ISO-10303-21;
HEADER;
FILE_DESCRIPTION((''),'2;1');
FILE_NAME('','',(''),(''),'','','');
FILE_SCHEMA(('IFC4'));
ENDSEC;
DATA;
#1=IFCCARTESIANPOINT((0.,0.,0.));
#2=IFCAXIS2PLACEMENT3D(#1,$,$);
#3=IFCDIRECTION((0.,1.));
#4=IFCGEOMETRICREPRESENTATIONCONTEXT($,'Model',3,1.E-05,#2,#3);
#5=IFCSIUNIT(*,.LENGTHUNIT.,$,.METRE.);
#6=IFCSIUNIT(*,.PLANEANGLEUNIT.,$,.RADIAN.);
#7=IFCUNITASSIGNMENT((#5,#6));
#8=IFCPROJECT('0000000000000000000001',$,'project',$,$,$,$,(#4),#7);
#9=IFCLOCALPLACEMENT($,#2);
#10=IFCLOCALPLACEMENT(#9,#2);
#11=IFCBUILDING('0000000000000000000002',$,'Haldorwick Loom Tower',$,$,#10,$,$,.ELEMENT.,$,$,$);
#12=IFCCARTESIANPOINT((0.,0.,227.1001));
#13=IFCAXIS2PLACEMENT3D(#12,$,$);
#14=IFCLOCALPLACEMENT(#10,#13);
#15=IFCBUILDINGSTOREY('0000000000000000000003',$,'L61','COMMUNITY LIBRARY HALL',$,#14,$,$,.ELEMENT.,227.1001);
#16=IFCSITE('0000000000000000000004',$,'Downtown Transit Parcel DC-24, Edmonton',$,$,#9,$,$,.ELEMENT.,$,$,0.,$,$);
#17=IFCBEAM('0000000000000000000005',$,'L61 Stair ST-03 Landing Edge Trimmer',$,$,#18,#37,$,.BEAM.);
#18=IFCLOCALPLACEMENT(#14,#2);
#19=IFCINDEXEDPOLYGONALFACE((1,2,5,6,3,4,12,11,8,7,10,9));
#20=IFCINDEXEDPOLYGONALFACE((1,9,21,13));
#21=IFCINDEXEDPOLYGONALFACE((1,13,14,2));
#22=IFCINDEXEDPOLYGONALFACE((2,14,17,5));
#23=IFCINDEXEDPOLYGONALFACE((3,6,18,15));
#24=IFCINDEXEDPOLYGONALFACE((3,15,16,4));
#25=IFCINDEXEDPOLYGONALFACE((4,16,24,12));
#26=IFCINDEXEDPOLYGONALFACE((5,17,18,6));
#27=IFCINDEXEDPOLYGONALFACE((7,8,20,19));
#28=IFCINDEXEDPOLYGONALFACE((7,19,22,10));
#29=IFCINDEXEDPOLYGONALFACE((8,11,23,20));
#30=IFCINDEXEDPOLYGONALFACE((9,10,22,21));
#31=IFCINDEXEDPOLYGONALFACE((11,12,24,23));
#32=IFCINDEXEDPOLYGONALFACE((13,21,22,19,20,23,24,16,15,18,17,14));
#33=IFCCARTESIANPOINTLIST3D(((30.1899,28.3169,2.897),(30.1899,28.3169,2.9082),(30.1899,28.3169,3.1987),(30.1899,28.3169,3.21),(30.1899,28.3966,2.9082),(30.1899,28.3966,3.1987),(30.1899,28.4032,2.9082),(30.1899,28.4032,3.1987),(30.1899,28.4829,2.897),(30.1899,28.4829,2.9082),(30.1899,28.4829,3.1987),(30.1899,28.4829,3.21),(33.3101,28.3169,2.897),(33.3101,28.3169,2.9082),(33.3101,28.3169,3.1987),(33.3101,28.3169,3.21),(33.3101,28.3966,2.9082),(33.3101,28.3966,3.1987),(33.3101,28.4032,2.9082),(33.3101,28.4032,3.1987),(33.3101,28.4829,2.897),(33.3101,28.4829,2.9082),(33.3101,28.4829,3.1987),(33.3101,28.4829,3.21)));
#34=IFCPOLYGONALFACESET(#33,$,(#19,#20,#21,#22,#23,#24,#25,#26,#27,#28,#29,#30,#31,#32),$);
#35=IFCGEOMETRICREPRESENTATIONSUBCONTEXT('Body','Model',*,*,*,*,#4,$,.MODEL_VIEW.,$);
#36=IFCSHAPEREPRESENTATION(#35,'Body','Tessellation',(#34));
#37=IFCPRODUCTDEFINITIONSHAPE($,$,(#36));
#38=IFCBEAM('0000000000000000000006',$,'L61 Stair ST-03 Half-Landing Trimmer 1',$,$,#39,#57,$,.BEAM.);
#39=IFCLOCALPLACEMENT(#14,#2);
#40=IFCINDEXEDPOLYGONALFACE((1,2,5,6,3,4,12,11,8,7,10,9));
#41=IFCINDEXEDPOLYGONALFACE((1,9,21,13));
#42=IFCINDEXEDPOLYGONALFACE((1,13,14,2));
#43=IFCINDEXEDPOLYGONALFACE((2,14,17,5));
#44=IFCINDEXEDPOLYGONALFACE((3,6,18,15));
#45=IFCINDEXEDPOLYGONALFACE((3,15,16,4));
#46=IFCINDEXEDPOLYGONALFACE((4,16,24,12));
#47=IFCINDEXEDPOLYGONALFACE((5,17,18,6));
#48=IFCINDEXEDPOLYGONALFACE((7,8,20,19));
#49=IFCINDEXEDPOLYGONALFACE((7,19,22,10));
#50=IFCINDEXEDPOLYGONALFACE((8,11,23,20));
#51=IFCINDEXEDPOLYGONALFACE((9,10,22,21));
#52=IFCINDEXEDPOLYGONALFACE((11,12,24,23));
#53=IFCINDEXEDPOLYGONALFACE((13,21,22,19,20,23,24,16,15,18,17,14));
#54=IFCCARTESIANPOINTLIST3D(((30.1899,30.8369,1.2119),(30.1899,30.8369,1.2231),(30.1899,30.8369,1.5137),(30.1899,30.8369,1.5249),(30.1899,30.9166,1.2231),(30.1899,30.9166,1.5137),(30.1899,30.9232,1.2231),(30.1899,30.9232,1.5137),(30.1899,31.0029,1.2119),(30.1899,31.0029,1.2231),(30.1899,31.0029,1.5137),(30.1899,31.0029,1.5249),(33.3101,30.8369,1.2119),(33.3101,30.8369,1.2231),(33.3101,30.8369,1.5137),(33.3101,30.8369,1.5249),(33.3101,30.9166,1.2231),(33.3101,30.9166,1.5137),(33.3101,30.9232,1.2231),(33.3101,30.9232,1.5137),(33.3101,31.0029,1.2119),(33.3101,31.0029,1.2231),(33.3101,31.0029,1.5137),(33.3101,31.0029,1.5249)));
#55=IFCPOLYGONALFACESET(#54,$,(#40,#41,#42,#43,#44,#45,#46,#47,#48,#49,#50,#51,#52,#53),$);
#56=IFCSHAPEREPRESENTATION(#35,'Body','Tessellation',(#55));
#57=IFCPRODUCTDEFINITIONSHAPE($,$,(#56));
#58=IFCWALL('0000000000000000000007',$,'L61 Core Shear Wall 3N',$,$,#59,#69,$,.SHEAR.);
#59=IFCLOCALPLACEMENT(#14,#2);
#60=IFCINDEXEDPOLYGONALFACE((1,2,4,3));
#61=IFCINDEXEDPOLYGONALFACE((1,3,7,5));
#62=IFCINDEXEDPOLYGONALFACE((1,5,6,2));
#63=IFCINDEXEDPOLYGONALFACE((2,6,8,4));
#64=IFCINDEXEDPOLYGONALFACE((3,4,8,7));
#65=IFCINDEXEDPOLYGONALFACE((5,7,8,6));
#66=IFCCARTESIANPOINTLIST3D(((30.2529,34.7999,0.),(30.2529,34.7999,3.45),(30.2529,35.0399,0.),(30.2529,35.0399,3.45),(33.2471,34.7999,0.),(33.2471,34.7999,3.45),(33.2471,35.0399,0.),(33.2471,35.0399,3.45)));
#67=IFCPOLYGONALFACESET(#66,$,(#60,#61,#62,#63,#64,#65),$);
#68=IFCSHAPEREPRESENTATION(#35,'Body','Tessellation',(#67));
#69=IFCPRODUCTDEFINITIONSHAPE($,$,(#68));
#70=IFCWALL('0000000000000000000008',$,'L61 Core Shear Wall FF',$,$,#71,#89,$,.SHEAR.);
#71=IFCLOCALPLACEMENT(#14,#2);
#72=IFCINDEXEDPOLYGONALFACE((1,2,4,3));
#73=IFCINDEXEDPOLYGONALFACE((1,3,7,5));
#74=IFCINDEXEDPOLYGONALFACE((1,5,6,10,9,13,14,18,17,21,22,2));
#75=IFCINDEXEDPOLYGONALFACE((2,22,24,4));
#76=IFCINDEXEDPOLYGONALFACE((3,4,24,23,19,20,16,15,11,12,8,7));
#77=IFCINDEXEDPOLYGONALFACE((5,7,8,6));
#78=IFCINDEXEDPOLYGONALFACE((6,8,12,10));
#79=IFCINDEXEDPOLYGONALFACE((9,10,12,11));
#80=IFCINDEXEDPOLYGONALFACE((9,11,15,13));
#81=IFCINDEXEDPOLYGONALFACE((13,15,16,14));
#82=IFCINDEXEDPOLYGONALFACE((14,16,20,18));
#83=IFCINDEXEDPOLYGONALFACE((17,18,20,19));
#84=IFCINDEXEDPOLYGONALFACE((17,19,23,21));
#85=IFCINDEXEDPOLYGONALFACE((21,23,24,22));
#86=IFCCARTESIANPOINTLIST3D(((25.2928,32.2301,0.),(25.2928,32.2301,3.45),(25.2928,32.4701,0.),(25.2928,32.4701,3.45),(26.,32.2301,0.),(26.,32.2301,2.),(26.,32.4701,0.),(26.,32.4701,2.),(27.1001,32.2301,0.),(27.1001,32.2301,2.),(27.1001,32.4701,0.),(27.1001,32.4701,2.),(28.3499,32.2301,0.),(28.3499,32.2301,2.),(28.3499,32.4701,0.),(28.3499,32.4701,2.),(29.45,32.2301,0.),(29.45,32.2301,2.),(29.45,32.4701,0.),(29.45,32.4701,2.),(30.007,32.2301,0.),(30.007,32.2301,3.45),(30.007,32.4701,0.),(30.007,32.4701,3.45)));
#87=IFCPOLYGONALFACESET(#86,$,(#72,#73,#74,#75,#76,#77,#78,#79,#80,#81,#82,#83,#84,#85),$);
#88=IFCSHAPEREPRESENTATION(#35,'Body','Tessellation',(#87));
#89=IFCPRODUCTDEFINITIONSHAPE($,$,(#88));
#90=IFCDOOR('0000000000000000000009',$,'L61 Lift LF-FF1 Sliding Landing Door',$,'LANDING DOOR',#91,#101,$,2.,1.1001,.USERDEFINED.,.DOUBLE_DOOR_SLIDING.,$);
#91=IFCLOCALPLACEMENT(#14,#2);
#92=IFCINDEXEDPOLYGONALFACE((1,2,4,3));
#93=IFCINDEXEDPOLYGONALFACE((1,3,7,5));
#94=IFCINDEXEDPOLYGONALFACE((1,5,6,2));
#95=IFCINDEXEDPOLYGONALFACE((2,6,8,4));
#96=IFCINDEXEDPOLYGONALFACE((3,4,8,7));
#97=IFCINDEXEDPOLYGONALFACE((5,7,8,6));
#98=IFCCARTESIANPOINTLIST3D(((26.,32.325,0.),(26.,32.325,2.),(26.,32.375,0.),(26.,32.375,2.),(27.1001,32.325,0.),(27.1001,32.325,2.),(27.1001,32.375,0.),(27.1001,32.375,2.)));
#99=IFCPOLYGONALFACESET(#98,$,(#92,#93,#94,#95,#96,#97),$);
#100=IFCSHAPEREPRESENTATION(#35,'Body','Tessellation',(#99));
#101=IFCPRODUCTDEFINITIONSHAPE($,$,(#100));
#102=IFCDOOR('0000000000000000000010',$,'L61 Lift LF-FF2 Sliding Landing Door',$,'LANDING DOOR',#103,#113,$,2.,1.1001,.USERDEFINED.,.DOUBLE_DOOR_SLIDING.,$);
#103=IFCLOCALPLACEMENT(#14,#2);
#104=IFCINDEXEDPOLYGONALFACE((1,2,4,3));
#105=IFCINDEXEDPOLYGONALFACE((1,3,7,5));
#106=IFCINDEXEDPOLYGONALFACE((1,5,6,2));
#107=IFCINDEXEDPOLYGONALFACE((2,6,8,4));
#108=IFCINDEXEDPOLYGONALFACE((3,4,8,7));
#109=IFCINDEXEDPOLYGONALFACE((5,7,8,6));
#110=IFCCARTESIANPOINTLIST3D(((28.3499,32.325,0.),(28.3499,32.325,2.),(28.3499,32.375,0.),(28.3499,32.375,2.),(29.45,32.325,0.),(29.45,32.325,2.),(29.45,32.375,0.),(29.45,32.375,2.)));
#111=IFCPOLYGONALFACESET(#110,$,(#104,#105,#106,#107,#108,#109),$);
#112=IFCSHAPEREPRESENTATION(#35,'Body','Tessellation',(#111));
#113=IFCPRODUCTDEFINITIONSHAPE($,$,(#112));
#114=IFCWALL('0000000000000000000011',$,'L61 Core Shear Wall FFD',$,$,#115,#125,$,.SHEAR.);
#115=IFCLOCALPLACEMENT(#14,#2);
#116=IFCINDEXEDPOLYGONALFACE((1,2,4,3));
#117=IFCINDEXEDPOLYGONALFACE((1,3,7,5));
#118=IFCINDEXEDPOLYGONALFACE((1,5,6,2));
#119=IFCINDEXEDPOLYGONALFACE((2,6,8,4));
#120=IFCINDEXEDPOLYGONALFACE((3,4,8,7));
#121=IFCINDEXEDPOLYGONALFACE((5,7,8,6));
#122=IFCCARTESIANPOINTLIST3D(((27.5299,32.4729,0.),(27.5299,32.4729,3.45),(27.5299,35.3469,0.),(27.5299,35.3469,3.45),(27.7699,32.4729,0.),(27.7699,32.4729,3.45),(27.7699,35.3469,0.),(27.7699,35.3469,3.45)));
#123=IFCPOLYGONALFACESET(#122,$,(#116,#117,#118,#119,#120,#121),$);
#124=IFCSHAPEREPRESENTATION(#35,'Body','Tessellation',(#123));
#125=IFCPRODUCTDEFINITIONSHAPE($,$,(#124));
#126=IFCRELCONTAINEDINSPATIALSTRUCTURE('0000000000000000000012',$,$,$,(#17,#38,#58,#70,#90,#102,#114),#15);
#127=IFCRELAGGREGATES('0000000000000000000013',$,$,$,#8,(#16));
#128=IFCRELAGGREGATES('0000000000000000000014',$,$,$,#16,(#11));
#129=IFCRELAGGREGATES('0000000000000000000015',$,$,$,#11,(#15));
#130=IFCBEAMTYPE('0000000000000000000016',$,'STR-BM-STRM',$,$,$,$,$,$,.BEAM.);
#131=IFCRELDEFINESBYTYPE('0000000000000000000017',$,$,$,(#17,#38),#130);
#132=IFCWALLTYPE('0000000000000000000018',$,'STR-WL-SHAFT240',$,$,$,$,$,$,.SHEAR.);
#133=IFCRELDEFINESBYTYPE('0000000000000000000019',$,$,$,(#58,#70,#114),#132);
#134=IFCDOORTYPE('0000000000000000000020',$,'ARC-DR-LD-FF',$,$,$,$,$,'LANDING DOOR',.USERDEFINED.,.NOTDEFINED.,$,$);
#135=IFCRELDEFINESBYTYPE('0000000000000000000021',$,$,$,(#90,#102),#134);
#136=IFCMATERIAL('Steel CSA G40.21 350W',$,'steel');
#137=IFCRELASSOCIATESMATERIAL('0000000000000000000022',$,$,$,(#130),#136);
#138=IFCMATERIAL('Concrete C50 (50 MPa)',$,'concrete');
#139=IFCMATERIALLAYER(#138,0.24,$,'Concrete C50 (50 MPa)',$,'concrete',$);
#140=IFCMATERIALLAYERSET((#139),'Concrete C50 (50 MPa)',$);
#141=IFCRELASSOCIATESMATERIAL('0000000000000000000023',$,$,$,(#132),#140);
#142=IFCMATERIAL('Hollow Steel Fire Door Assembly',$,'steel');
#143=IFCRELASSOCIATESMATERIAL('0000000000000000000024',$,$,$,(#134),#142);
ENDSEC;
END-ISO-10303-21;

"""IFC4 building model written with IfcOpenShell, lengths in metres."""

from ifc_helpers import new_model, si_unit, direction, frame, frame_2d, origin, origin_2d, place, context, subcontext, project, spatial, rectangle, i_section, extrude, material, layer, layer_set, material_profile, profile_set, type_object, element, fill, save


model = new_model("IFC4")

# Units and contexts
model_context = context("Model", 3, precision=1e-05, world=origin(), true_north=direction((0.0, 1.0)))
body_context = subcontext(model_context, "Body", "Model", "MODEL_VIEW")
ifc_project = project(units=[si_unit("LENGTHUNIT", "METRE"), si_unit("PLANEANGLEUNIT", "RADIAN")], contexts=[model_context])

# Site, building, storey
site_placement = place(None, origin())
site = spatial("IfcSite", under=ifc_project, at=site_placement, Name="Downtown Transit Parcel DC-24, Edmonton", CompositionType="ELEMENT", RefElevation=0.0)
building_placement = place(site_placement, origin())
building = spatial("IfcBuilding", under=site, at=building_placement, Name="Haldorwick Loom Tower", CompositionType="ELEMENT")
storey_placement = place(building_placement, frame((0.0, 0.0, 227.1001)))
storey = spatial("IfcBuildingStorey", under=building, at=storey_placement, Name="L61", Description="COMMUNITY LIBRARY HALL", CompositionType="ELEMENT", Elevation=227.1001)

# Beams
ifc_material_1 = material(Name="Steel CSA G40.21 350W", Category="steel")
ifc_material_profile = material_profile(ifc_material_1, i_section(OverallWidth=0.166, OverallDepth=0.313, WebThickness=0.0066, FlangeThickness=0.0112, at=origin_2d()), Name="W310X45", Category="steel")
ifc_profile_set = profile_set([ifc_material_profile], Name="Steel CSA G40.21 350W")
beam_type = type_object("IfcBeamType", Name="STR-BM-STRM", PredefinedType="BEAM", material=ifc_profile_set)
for number, where, z_axis, x_axis, name in (
    (1, (30.1899, 28.3999, 3.0535), (1.0, 0.0, 0.0), (0.0, 1.0, 0.0), "L61 Stair ST-03 Landing Edge Trimmer"),
    (2, (30.1899, 30.9199, 1.3684), (1.0, 0.0, 0.0), (0.0, 1.0, 0.0), "L61 Stair ST-03 Half-Landing Trimmer 1"),
):
    element("IfcBeam", number, at=place(storey_placement, frame(where, z_axis=z_axis, x_axis=x_axis)), inside=storey, type_object=beam_type, Name=name, PredefinedType="BEAM", context=body_context, shape_type="SweptSolid", body=[
        extrude(i_section(OverallWidth=0.166, OverallDepth=0.313, WebThickness=0.0066, FlangeThickness=0.0112, at=origin_2d()), origin(), (0.0, 0.0, 1.0), 3.1201),
    ])

# Wall
ifc_material_2 = material(Name="Concrete C50 (50 MPa)", Category="concrete")
ifc_layer = layer(ifc_material_2, 0.24, Name="Concrete C50 (50 MPa)", Category="concrete")
ifc_layer_set = layer_set([ifc_layer], Name="Concrete C50 (50 MPa)")
wall_type = type_object("IfcWallType", Name="STR-WL-SHAFT240", PredefinedType="SHEAR", material=ifc_layer_set)
wall_1_placement = place(storey_placement, frame((30.2529, 34.9199, 0.0), z_axis=(0.0, 0.0, 1.0), x_axis=(1.0, 0.0, 0.0)))
element("IfcWall", 3, at=wall_1_placement, inside=storey, type_object=wall_type, Name="L61 Core Shear Wall 3N", PredefinedType="SHEAR", context=body_context, shape_type="SweptSolid", body=[
    extrude(rectangle(XDim=2.9941, YDim=0.24, at=frame_2d((1.4971, 0.0))), origin(), (0.0, 0.0, 1.0), 3.45),
])

# Wall, openings, doors
wall_2_placement = place(storey_placement, frame((25.293, 32.3501, 0.0), z_axis=(0.0, 0.0, 1.0), x_axis=(1.0, 0.0, 0.0)))
wall_2 = element("IfcWall", 4, at=wall_2_placement, inside=storey, type_object=wall_type, Name="L61 Core Shear Wall FF", PredefinedType="SHEAR", context=body_context, shape_type="SweptSolid", body=[
    extrude(rectangle(XDim=4.7141, YDim=0.24, at=frame_2d((2.3569, 0.0))), origin(), (0.0, 0.0, 1.0), 3.45),
])
opening_1_placement = place(wall_2_placement, frame((0.707, 0.0, 0.0)))
opening_1 = element("IfcOpeningElement", 5, at=opening_1_placement, cuts=wall_2, PredefinedType="OPENING", context=body_context, shape_type="SweptSolid", body=[
    extrude(rectangle(XDim=1.1001, YDim=2.0, at=frame_2d((0.55, 1.0))), frame((0.0, 0.1299, 0.0), z_axis=(0.0, -1.0, 0.0), x_axis=(1.0, 0.0, 0.0)), (0.0, 0.0, 1.0), 0.26),
])
opening_2_placement = place(wall_2_placement, frame((3.0569, 0.0, 0.0)))
opening_2 = element("IfcOpeningElement", 6, at=opening_2_placement, cuts=wall_2, PredefinedType="OPENING", context=body_context, shape_type="SweptSolid", body=[
    extrude(rectangle(XDim=1.1001, YDim=2.0, at=frame_2d((0.55, 1.0))), frame((0.0, 0.1299, 0.0), z_axis=(0.0, -1.0, 0.0), x_axis=(1.0, 0.0, 0.0)), (0.0, 0.0, 1.0), 0.26),
])
ifc_material_3 = material(Name="Hollow Steel Fire Door Assembly", Category="steel")
door_type_1 = type_object("IfcDoorType", Name="ARC-DR-LD-FF", ElementType="LANDING DOOR", OperationType="NOTDEFINED", PredefinedType="USERDEFINED", material=ifc_material_3)
door_1_placement = place(opening_1_placement, origin())
door_1 = element("IfcDoor", 7, at=door_1_placement, inside=storey, type_object=door_type_1, Name="L61 Lift LF-FF1 Sliding Landing Door", ObjectType="LANDING DOOR", OperationType="DOUBLE_DOOR_SLIDING", OverallHeight=2.0, OverallWidth=1.1001, PredefinedType="USERDEFINED", context=body_context, shape_type="SweptSolid", body=[
    extrude(rectangle(XDim=1.1001, YDim=2.0, at=frame_2d((0.55, 1.0))), frame((0.0, 0.0249, 0.0), z_axis=(0.0, -1.0, 0.0), x_axis=(1.0, 0.0, 0.0)), (0.0, 0.0, 1.0), 0.05),
])
fill(opening_1, door_1)
door_2_placement = place(opening_2_placement, origin())
door_2 = element("IfcDoor", 8, at=door_2_placement, inside=storey, type_object=door_type_1, Name="L61 Lift LF-FF2 Sliding Landing Door", ObjectType="LANDING DOOR", OperationType="DOUBLE_DOOR_SLIDING", OverallHeight=2.0, OverallWidth=1.1001, PredefinedType="USERDEFINED", context=body_context, shape_type="SweptSolid", body=[
    extrude(rectangle(XDim=1.1001, YDim=2.0, at=frame_2d((0.55, 1.0))), frame((0.0, 0.0249, 0.0), z_axis=(0.0, -1.0, 0.0), x_axis=(1.0, 0.0, 0.0)), (0.0, 0.0, 1.0), 0.05),
])
fill(opening_2, door_2)

# Wall
wall_3_placement = place(storey_placement, frame((27.6499, 32.4729, 0.0), z_axis=(0.0, 0.0, 1.0), x_axis=(0.0, 1.0, 0.0)))
element("IfcWall", 9, at=wall_3_placement, inside=storey, type_object=wall_type, Name="L61 Core Shear Wall FFD", PredefinedType="SHEAR", context=body_context, shape_type="SweptSolid", body=[
    extrude(rectangle(XDim=2.874, YDim=0.24, at=frame_2d((1.437, 0.0))), origin(), (0.0, 0.0, 1.0), 3.45),
])

save(model, "model.ifc")
